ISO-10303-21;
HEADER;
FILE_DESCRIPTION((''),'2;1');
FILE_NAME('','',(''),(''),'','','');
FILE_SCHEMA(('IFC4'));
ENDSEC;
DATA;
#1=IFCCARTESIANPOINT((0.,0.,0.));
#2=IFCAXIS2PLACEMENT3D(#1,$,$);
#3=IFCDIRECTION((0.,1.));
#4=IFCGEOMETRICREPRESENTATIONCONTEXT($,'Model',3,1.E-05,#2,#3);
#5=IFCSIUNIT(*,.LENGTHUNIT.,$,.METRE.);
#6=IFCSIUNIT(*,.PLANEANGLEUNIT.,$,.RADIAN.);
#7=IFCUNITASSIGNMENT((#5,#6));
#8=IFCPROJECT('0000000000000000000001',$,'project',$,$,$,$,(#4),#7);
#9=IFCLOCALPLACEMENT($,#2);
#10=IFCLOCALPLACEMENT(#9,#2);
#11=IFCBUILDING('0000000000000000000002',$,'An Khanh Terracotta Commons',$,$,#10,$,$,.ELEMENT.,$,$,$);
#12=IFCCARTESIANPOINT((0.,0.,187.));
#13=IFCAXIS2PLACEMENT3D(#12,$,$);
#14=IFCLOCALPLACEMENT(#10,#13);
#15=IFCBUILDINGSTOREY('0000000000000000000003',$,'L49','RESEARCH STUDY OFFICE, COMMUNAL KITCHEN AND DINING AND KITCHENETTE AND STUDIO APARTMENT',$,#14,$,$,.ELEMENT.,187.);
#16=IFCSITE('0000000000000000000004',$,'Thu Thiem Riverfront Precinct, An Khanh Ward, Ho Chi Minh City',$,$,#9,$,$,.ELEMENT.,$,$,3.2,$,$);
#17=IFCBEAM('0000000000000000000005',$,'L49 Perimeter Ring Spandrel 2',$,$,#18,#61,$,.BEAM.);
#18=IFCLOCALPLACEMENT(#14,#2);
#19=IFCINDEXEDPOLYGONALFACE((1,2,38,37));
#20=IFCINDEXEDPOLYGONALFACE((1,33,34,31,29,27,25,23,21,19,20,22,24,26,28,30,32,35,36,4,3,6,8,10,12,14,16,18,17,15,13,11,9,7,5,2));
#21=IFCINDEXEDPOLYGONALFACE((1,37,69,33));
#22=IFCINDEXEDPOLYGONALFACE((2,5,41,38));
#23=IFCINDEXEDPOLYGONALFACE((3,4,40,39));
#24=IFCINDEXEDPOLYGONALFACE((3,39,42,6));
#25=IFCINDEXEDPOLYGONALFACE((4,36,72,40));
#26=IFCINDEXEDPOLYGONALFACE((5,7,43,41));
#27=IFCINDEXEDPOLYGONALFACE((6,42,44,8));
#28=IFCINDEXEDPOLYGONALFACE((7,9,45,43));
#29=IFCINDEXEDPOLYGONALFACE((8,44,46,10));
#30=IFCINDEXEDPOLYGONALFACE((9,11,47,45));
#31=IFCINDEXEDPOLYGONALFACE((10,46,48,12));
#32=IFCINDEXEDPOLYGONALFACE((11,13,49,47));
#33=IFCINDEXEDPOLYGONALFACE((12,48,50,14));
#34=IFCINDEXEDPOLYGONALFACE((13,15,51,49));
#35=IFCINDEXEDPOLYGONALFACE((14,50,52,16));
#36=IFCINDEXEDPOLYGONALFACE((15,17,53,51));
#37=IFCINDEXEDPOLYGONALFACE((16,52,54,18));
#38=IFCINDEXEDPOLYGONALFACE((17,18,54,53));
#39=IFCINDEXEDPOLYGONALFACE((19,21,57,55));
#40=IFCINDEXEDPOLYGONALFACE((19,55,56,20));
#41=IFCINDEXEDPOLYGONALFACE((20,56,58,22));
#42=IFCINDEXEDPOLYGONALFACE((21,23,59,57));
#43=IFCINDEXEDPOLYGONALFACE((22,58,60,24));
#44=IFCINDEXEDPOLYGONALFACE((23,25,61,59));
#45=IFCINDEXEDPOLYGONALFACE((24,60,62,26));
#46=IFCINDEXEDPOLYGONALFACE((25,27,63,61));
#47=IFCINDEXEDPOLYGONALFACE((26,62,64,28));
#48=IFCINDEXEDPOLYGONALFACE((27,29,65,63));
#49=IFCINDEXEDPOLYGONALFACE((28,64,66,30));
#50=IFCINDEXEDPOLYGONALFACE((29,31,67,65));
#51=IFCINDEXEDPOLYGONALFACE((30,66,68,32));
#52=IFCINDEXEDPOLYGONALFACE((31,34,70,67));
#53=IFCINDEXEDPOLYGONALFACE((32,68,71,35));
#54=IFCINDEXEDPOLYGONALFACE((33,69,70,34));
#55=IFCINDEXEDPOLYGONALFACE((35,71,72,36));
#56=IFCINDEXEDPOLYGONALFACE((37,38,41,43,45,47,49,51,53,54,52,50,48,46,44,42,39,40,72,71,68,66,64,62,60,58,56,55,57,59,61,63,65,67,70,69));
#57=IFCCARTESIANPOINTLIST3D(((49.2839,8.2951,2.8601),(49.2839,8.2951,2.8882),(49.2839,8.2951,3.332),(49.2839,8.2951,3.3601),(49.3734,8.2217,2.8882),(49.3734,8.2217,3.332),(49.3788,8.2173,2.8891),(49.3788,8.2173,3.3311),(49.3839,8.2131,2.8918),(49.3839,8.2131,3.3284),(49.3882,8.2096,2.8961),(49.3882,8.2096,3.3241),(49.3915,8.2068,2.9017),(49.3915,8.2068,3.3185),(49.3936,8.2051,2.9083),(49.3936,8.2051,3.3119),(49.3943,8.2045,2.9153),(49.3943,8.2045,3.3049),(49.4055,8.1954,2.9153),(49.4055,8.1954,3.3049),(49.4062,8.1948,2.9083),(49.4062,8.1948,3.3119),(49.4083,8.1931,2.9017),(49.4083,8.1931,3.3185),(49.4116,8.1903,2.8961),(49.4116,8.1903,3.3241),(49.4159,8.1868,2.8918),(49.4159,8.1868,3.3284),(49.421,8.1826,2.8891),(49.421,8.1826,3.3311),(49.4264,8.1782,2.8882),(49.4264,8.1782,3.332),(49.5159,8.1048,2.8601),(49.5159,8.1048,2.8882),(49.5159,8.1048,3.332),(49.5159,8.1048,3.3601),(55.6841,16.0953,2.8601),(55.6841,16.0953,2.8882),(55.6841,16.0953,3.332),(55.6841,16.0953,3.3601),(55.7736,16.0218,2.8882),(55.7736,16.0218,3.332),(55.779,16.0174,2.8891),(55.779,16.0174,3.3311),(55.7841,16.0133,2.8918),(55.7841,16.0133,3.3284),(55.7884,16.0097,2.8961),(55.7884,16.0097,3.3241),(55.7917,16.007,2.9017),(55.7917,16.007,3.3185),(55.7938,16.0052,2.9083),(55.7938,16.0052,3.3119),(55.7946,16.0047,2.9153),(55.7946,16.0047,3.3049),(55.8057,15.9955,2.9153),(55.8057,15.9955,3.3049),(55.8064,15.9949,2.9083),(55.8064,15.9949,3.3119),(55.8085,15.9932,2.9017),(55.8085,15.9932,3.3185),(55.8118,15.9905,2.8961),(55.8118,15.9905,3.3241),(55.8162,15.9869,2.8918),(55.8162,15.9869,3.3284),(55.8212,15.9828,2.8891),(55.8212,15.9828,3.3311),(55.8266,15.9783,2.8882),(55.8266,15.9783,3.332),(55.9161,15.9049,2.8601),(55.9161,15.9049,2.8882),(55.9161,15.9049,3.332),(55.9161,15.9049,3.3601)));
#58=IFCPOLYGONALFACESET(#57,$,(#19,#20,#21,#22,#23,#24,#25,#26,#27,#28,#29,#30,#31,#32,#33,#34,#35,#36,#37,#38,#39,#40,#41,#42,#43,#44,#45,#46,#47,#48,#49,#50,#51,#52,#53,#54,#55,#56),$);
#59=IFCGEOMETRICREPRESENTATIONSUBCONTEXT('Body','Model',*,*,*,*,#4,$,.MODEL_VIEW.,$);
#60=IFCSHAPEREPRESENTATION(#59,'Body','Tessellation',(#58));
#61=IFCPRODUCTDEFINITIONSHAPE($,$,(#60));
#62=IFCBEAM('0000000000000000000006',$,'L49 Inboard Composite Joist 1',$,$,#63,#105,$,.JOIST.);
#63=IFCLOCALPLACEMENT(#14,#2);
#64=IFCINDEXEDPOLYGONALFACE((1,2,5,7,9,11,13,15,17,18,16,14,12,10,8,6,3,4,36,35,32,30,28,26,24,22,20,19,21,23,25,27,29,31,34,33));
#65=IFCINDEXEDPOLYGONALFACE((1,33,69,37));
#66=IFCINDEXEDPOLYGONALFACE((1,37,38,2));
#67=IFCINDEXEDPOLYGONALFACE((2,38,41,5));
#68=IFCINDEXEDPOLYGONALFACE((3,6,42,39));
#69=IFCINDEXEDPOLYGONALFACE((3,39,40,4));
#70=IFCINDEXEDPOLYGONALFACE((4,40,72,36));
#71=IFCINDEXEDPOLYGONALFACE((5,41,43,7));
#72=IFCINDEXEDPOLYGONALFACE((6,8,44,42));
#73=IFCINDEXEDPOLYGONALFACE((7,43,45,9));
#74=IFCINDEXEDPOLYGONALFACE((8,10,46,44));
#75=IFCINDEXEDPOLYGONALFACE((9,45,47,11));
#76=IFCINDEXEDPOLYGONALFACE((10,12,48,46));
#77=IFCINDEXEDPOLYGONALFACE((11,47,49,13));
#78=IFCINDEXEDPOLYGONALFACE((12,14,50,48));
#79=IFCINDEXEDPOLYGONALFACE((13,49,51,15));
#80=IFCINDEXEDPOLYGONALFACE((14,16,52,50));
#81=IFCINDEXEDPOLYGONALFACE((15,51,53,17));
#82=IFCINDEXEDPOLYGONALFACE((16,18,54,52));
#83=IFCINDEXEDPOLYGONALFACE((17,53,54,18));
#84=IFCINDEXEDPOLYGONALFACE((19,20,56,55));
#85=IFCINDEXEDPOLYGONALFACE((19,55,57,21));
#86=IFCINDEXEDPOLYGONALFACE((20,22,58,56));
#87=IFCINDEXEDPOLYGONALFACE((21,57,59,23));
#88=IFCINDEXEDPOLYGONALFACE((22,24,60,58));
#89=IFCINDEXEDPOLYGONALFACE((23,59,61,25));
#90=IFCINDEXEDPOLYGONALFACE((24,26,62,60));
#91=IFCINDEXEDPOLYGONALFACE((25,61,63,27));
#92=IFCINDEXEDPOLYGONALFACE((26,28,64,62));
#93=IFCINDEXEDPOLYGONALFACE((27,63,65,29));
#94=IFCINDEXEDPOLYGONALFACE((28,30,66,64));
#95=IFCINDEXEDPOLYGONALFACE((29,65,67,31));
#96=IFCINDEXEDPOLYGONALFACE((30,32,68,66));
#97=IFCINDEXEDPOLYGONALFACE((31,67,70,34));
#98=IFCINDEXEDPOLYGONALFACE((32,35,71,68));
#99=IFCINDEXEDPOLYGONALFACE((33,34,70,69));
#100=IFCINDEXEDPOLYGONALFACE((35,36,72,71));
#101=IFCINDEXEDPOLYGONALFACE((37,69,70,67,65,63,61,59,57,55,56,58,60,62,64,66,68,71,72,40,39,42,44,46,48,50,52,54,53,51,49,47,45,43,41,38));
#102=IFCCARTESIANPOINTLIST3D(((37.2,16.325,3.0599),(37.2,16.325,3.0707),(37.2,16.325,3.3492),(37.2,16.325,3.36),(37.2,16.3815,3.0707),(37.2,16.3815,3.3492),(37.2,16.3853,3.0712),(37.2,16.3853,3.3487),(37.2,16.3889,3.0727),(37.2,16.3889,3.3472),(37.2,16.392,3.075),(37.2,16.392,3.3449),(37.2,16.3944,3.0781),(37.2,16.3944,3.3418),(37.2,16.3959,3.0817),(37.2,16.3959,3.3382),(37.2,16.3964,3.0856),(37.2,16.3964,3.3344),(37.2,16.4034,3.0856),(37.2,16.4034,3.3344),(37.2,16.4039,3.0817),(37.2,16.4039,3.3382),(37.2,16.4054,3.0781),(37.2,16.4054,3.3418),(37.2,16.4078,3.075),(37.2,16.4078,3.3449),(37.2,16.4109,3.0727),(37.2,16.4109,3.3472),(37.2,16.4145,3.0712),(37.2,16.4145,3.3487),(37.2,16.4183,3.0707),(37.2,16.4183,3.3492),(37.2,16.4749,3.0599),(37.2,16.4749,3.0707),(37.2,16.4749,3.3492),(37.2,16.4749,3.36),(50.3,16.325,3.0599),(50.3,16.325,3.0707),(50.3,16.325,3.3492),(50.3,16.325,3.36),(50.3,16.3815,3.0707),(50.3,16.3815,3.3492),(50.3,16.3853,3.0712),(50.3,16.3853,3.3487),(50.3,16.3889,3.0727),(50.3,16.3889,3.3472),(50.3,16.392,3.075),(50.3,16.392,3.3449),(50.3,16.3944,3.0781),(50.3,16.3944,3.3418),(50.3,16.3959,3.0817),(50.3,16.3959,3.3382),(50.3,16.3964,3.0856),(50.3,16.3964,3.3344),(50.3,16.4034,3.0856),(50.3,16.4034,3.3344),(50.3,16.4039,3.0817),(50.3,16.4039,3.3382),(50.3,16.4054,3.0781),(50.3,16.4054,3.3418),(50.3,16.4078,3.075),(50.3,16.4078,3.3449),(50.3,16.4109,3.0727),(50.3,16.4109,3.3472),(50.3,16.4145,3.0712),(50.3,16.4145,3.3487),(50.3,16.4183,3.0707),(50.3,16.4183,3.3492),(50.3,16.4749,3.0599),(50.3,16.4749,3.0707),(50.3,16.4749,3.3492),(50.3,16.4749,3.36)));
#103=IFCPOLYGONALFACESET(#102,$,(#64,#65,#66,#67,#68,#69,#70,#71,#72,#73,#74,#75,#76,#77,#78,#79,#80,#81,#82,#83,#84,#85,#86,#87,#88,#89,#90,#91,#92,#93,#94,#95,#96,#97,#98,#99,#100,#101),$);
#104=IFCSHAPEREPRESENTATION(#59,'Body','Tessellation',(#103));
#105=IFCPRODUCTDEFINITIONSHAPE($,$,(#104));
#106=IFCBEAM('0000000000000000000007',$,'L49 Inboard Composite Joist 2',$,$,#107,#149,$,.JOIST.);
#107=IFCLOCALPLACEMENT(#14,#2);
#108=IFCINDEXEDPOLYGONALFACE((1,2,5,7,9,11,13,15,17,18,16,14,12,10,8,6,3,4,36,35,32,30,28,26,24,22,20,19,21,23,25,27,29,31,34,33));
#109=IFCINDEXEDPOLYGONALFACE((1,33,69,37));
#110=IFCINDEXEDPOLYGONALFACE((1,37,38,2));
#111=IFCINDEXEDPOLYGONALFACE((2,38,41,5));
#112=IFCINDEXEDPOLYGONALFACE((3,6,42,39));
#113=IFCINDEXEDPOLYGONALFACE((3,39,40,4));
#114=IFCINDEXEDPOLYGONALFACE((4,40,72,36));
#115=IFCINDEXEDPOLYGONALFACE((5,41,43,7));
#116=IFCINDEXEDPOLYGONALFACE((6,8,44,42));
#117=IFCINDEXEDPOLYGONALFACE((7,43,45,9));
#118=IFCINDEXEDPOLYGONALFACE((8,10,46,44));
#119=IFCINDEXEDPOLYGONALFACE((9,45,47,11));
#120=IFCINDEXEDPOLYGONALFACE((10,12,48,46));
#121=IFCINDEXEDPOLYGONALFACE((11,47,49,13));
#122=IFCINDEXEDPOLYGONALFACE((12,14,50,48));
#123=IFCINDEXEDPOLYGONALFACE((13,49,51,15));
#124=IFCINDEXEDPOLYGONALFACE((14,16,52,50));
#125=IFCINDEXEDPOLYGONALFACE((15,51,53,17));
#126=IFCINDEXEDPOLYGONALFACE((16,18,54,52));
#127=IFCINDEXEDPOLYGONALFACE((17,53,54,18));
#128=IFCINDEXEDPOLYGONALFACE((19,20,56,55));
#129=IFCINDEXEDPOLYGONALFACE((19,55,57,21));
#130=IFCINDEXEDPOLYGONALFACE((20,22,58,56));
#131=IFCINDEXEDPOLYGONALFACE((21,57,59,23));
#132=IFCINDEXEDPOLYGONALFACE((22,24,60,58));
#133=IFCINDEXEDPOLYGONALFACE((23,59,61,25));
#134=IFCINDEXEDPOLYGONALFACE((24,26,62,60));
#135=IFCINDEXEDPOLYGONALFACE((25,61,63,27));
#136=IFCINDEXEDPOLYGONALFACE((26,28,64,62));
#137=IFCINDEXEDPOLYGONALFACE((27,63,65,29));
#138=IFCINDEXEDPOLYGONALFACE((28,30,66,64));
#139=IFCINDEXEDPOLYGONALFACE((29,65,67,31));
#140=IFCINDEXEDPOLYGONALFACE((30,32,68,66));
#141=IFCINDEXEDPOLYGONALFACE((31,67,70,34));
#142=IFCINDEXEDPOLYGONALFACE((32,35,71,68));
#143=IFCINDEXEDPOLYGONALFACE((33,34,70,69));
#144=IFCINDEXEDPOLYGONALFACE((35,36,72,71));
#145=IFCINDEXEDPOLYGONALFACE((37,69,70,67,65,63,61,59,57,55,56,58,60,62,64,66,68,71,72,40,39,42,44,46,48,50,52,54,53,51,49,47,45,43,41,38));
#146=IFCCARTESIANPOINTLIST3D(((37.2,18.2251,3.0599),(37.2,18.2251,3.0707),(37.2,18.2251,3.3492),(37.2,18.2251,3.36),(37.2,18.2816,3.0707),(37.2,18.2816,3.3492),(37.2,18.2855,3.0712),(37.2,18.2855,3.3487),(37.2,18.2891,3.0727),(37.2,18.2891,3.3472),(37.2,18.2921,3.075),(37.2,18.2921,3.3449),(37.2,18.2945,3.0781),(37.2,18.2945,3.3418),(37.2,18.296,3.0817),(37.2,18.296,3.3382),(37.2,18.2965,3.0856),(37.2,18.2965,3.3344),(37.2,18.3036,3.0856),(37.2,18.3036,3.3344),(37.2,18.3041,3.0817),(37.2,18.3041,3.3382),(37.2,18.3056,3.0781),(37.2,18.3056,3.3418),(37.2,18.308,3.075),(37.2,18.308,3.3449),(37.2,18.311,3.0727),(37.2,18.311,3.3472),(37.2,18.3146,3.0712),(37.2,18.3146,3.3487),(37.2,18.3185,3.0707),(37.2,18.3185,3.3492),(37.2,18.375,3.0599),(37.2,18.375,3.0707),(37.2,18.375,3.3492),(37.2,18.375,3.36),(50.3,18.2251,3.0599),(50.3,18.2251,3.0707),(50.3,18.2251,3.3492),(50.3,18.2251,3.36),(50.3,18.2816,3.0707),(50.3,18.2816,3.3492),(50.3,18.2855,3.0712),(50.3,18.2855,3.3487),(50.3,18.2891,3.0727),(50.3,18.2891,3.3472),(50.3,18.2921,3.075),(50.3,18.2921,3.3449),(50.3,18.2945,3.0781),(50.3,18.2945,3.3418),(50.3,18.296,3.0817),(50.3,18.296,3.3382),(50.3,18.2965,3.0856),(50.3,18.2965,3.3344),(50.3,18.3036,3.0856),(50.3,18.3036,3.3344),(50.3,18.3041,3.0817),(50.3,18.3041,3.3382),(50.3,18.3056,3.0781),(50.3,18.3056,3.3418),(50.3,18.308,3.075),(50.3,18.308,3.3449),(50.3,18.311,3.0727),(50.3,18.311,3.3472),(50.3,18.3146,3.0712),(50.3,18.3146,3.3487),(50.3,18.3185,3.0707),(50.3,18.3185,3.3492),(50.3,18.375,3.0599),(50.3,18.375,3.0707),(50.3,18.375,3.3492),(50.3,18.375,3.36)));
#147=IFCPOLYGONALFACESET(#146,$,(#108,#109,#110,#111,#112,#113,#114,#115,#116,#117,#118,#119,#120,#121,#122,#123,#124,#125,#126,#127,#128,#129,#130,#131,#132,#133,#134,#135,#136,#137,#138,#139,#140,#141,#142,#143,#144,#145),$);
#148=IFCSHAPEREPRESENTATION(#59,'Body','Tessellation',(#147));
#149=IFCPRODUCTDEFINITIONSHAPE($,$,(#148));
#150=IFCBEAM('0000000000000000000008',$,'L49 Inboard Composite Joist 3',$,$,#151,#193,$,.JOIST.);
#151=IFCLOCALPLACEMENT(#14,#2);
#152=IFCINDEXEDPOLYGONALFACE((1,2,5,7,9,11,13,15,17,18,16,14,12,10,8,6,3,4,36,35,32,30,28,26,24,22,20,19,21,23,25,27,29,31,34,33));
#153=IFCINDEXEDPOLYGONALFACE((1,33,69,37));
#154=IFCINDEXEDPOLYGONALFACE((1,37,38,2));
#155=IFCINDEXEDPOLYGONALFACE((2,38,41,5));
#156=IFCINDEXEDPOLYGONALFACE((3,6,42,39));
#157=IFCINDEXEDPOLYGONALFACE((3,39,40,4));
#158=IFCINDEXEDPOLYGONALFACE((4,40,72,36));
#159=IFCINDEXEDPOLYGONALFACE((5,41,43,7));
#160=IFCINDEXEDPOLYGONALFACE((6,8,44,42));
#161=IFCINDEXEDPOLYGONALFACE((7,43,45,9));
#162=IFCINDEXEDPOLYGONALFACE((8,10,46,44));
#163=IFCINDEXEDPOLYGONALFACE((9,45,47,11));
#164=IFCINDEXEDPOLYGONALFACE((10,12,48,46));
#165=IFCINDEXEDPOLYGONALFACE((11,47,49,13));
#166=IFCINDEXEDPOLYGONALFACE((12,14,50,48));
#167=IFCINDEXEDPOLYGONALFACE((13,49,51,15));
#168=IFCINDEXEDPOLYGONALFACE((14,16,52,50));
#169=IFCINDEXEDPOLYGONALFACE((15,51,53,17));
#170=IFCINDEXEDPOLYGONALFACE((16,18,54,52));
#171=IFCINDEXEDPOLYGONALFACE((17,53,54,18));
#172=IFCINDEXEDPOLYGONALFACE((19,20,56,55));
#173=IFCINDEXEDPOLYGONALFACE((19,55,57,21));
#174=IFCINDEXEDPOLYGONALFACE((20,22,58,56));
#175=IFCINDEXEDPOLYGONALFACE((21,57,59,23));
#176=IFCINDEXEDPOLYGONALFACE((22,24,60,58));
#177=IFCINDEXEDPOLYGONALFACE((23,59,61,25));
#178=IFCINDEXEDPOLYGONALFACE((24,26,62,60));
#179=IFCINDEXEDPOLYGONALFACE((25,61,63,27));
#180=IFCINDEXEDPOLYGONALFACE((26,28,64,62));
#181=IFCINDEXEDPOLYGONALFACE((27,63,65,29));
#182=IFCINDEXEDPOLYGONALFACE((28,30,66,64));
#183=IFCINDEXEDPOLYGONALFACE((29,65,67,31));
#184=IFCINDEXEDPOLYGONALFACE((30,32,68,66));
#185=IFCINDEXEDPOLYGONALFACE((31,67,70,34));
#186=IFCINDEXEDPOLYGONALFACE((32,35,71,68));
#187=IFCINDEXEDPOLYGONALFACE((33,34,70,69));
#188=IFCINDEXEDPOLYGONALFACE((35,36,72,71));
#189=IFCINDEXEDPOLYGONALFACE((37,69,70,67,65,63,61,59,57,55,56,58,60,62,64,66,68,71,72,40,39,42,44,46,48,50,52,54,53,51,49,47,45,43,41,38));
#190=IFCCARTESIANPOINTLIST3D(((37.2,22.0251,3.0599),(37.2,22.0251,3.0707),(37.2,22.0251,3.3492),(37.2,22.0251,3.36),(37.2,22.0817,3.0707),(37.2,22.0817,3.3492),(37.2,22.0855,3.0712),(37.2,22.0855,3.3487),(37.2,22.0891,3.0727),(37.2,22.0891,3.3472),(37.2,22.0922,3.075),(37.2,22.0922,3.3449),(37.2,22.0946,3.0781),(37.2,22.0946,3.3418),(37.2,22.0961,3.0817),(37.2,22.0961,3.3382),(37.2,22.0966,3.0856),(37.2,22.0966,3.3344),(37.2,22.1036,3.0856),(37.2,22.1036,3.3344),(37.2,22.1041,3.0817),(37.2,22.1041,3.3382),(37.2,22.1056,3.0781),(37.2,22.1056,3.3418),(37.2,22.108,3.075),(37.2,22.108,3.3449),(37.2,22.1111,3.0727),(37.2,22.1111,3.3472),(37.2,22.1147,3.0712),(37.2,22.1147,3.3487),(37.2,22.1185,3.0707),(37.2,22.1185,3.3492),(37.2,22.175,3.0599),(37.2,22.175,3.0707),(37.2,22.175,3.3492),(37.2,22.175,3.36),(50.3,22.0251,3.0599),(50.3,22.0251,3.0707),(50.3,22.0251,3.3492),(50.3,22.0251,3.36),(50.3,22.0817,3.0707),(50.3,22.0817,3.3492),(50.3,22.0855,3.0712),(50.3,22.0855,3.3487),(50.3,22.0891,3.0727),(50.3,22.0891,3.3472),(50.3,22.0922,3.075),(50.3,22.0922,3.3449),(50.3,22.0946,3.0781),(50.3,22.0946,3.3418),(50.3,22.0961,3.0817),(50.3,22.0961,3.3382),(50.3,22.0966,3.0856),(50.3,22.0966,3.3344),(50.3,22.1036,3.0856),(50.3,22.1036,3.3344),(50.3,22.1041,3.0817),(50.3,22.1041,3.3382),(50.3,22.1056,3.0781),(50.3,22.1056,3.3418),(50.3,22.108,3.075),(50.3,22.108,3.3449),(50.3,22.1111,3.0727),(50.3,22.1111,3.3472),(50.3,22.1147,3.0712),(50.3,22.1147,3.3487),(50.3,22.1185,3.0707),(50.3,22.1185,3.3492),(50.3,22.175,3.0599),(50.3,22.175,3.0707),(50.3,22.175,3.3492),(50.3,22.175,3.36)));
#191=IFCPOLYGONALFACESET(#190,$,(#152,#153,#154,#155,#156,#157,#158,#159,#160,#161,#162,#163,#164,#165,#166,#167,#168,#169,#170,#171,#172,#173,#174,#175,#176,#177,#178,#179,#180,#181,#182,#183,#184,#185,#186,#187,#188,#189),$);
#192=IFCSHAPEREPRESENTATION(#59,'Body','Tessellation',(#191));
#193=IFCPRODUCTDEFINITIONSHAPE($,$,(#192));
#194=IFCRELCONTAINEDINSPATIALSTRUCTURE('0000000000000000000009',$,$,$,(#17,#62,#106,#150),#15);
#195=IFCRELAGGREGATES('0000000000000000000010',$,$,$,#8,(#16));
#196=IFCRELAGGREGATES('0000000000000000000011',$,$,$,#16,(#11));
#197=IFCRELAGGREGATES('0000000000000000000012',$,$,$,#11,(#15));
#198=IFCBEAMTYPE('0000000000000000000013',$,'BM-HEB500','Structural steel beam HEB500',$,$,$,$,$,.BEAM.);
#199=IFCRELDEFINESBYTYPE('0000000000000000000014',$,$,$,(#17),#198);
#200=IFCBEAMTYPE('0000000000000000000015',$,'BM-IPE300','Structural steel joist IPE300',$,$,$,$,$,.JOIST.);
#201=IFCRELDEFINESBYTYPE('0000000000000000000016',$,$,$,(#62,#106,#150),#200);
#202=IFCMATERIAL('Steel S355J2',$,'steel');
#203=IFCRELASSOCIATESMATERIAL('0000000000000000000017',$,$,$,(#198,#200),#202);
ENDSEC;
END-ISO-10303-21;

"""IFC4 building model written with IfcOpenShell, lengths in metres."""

from ifc_helpers import new_model, si_unit, direction, frame, origin, origin_2d, place, context, subcontext, project, spatial, i_section, extrude, material, material_profile, profile_set, type_object, element, save


model = new_model("IFC4")

# Units and contexts
model_context = context("Model", 3, precision=1e-05, world=origin(), true_north=direction((0.0, 1.0)))
body_context = subcontext(model_context, "Body", "Model", "MODEL_VIEW")
ifc_project = project(units=[si_unit("LENGTHUNIT", "METRE"), si_unit("PLANEANGLEUNIT", "RADIAN")], contexts=[model_context])

# Site, building, storey
site_placement = place(None, origin())
site = spatial("IfcSite", under=ifc_project, at=site_placement, Name="Thu Thiem Riverfront Precinct, An Khanh Ward, Ho Chi Minh City", CompositionType="ELEMENT", RefElevation=3.2)
building_placement = place(site_placement, origin())
building = spatial("IfcBuilding", under=site, at=building_placement, Name="An Khanh Terracotta Commons", CompositionType="ELEMENT")
storey_placement = place(building_placement, frame((0.0, 0.0, 187.0)))
storey = spatial("IfcBuildingStorey", under=building, at=storey_placement, Name="L49", Description="RESEARCH STUDY OFFICE, COMMUNAL KITCHEN AND DINING AND KITCHENETTE AND STUDIO APARTMENT", CompositionType="ELEMENT", Elevation=187.0)

# Beams
ifc_material_1 = material(Name="Steel S355J2", Category="steel")
ifc_material_profile_1 = material_profile(ifc_material_1, i_section(OverallWidth=0.3, OverallDepth=0.5, WebThickness=0.0144, FlangeThickness=0.0281, FilletRadius=0.0271, at=origin_2d()), Name="HEB500")
ifc_profile_set_1 = profile_set([ifc_material_profile_1], Name="Steel S355J2")
beam_type_1 = type_object("IfcBeamType", Name="BM-HEB500", Description="Structural steel beam HEB500", PredefinedType="BEAM", material=ifc_profile_set_1)
beam_1_placement = place(storey_placement, frame((49.3999, 8.2, 3.1101), z_axis=(0.634323, 0.773068, 0.0), x_axis=(-0.773068, 0.634323, 0.0)))
element("IfcBeam", 1, at=beam_1_placement, inside=storey, type_object=beam_type_1, Name="L49 Perimeter Ring Spandrel 2", PredefinedType="BEAM", context=body_context, shape_type="SweptSolid", body=[
    extrude(i_section(OverallWidth=0.3, OverallDepth=0.5, WebThickness=0.0144, FlangeThickness=0.0281, FilletRadius=0.0271, at=origin_2d()), origin(), (0.0, 0.0, 1.0), 10.0898),
])
ifc_material_profile_2 = material_profile(ifc_material_1, i_section(OverallWidth=0.1499, OverallDepth=0.3, WebThickness=0.0071, FlangeThickness=0.0107, FilletRadius=0.0149, at=origin_2d()), Name="IPE300")
ifc_profile_set_2 = profile_set([ifc_material_profile_2], Name="Steel S355J2")
beam_type_2 = type_object("IfcBeamType", Name="BM-IPE300", Description="Structural steel joist IPE300", PredefinedType="JOIST", material=ifc_profile_set_2)
for number, where, z_axis, x_axis, name in (
    (2, (37.2, 16.3999, 3.21), (1.0, 0.0, 0.0), (0.0, 1.0, 0.0), "L49 Inboard Composite Joist 1"),
    (3, (37.2, 18.3, 3.21), (1.0, 0.0, 0.0), (0.0, 1.0, 0.0), "L49 Inboard Composite Joist 2"),
    (4, (37.2, 22.1001, 3.21), (1.0, 0.0, 0.0), (0.0, 1.0, 0.0), "L49 Inboard Composite Joist 3"),
):
    element("IfcBeam", number, at=place(storey_placement, frame(where, z_axis=z_axis, x_axis=x_axis)), inside=storey, type_object=beam_type_2, Name=name, PredefinedType="JOIST", context=body_context, shape_type="SweptSolid", body=[
        extrude(i_section(OverallWidth=0.1499, OverallDepth=0.3, WebThickness=0.0071, FlangeThickness=0.0107, FilletRadius=0.0149, at=origin_2d()), origin(), (0.0, 0.0, 1.0), 13.1001),
    ])

save(model, "model.ifc")
